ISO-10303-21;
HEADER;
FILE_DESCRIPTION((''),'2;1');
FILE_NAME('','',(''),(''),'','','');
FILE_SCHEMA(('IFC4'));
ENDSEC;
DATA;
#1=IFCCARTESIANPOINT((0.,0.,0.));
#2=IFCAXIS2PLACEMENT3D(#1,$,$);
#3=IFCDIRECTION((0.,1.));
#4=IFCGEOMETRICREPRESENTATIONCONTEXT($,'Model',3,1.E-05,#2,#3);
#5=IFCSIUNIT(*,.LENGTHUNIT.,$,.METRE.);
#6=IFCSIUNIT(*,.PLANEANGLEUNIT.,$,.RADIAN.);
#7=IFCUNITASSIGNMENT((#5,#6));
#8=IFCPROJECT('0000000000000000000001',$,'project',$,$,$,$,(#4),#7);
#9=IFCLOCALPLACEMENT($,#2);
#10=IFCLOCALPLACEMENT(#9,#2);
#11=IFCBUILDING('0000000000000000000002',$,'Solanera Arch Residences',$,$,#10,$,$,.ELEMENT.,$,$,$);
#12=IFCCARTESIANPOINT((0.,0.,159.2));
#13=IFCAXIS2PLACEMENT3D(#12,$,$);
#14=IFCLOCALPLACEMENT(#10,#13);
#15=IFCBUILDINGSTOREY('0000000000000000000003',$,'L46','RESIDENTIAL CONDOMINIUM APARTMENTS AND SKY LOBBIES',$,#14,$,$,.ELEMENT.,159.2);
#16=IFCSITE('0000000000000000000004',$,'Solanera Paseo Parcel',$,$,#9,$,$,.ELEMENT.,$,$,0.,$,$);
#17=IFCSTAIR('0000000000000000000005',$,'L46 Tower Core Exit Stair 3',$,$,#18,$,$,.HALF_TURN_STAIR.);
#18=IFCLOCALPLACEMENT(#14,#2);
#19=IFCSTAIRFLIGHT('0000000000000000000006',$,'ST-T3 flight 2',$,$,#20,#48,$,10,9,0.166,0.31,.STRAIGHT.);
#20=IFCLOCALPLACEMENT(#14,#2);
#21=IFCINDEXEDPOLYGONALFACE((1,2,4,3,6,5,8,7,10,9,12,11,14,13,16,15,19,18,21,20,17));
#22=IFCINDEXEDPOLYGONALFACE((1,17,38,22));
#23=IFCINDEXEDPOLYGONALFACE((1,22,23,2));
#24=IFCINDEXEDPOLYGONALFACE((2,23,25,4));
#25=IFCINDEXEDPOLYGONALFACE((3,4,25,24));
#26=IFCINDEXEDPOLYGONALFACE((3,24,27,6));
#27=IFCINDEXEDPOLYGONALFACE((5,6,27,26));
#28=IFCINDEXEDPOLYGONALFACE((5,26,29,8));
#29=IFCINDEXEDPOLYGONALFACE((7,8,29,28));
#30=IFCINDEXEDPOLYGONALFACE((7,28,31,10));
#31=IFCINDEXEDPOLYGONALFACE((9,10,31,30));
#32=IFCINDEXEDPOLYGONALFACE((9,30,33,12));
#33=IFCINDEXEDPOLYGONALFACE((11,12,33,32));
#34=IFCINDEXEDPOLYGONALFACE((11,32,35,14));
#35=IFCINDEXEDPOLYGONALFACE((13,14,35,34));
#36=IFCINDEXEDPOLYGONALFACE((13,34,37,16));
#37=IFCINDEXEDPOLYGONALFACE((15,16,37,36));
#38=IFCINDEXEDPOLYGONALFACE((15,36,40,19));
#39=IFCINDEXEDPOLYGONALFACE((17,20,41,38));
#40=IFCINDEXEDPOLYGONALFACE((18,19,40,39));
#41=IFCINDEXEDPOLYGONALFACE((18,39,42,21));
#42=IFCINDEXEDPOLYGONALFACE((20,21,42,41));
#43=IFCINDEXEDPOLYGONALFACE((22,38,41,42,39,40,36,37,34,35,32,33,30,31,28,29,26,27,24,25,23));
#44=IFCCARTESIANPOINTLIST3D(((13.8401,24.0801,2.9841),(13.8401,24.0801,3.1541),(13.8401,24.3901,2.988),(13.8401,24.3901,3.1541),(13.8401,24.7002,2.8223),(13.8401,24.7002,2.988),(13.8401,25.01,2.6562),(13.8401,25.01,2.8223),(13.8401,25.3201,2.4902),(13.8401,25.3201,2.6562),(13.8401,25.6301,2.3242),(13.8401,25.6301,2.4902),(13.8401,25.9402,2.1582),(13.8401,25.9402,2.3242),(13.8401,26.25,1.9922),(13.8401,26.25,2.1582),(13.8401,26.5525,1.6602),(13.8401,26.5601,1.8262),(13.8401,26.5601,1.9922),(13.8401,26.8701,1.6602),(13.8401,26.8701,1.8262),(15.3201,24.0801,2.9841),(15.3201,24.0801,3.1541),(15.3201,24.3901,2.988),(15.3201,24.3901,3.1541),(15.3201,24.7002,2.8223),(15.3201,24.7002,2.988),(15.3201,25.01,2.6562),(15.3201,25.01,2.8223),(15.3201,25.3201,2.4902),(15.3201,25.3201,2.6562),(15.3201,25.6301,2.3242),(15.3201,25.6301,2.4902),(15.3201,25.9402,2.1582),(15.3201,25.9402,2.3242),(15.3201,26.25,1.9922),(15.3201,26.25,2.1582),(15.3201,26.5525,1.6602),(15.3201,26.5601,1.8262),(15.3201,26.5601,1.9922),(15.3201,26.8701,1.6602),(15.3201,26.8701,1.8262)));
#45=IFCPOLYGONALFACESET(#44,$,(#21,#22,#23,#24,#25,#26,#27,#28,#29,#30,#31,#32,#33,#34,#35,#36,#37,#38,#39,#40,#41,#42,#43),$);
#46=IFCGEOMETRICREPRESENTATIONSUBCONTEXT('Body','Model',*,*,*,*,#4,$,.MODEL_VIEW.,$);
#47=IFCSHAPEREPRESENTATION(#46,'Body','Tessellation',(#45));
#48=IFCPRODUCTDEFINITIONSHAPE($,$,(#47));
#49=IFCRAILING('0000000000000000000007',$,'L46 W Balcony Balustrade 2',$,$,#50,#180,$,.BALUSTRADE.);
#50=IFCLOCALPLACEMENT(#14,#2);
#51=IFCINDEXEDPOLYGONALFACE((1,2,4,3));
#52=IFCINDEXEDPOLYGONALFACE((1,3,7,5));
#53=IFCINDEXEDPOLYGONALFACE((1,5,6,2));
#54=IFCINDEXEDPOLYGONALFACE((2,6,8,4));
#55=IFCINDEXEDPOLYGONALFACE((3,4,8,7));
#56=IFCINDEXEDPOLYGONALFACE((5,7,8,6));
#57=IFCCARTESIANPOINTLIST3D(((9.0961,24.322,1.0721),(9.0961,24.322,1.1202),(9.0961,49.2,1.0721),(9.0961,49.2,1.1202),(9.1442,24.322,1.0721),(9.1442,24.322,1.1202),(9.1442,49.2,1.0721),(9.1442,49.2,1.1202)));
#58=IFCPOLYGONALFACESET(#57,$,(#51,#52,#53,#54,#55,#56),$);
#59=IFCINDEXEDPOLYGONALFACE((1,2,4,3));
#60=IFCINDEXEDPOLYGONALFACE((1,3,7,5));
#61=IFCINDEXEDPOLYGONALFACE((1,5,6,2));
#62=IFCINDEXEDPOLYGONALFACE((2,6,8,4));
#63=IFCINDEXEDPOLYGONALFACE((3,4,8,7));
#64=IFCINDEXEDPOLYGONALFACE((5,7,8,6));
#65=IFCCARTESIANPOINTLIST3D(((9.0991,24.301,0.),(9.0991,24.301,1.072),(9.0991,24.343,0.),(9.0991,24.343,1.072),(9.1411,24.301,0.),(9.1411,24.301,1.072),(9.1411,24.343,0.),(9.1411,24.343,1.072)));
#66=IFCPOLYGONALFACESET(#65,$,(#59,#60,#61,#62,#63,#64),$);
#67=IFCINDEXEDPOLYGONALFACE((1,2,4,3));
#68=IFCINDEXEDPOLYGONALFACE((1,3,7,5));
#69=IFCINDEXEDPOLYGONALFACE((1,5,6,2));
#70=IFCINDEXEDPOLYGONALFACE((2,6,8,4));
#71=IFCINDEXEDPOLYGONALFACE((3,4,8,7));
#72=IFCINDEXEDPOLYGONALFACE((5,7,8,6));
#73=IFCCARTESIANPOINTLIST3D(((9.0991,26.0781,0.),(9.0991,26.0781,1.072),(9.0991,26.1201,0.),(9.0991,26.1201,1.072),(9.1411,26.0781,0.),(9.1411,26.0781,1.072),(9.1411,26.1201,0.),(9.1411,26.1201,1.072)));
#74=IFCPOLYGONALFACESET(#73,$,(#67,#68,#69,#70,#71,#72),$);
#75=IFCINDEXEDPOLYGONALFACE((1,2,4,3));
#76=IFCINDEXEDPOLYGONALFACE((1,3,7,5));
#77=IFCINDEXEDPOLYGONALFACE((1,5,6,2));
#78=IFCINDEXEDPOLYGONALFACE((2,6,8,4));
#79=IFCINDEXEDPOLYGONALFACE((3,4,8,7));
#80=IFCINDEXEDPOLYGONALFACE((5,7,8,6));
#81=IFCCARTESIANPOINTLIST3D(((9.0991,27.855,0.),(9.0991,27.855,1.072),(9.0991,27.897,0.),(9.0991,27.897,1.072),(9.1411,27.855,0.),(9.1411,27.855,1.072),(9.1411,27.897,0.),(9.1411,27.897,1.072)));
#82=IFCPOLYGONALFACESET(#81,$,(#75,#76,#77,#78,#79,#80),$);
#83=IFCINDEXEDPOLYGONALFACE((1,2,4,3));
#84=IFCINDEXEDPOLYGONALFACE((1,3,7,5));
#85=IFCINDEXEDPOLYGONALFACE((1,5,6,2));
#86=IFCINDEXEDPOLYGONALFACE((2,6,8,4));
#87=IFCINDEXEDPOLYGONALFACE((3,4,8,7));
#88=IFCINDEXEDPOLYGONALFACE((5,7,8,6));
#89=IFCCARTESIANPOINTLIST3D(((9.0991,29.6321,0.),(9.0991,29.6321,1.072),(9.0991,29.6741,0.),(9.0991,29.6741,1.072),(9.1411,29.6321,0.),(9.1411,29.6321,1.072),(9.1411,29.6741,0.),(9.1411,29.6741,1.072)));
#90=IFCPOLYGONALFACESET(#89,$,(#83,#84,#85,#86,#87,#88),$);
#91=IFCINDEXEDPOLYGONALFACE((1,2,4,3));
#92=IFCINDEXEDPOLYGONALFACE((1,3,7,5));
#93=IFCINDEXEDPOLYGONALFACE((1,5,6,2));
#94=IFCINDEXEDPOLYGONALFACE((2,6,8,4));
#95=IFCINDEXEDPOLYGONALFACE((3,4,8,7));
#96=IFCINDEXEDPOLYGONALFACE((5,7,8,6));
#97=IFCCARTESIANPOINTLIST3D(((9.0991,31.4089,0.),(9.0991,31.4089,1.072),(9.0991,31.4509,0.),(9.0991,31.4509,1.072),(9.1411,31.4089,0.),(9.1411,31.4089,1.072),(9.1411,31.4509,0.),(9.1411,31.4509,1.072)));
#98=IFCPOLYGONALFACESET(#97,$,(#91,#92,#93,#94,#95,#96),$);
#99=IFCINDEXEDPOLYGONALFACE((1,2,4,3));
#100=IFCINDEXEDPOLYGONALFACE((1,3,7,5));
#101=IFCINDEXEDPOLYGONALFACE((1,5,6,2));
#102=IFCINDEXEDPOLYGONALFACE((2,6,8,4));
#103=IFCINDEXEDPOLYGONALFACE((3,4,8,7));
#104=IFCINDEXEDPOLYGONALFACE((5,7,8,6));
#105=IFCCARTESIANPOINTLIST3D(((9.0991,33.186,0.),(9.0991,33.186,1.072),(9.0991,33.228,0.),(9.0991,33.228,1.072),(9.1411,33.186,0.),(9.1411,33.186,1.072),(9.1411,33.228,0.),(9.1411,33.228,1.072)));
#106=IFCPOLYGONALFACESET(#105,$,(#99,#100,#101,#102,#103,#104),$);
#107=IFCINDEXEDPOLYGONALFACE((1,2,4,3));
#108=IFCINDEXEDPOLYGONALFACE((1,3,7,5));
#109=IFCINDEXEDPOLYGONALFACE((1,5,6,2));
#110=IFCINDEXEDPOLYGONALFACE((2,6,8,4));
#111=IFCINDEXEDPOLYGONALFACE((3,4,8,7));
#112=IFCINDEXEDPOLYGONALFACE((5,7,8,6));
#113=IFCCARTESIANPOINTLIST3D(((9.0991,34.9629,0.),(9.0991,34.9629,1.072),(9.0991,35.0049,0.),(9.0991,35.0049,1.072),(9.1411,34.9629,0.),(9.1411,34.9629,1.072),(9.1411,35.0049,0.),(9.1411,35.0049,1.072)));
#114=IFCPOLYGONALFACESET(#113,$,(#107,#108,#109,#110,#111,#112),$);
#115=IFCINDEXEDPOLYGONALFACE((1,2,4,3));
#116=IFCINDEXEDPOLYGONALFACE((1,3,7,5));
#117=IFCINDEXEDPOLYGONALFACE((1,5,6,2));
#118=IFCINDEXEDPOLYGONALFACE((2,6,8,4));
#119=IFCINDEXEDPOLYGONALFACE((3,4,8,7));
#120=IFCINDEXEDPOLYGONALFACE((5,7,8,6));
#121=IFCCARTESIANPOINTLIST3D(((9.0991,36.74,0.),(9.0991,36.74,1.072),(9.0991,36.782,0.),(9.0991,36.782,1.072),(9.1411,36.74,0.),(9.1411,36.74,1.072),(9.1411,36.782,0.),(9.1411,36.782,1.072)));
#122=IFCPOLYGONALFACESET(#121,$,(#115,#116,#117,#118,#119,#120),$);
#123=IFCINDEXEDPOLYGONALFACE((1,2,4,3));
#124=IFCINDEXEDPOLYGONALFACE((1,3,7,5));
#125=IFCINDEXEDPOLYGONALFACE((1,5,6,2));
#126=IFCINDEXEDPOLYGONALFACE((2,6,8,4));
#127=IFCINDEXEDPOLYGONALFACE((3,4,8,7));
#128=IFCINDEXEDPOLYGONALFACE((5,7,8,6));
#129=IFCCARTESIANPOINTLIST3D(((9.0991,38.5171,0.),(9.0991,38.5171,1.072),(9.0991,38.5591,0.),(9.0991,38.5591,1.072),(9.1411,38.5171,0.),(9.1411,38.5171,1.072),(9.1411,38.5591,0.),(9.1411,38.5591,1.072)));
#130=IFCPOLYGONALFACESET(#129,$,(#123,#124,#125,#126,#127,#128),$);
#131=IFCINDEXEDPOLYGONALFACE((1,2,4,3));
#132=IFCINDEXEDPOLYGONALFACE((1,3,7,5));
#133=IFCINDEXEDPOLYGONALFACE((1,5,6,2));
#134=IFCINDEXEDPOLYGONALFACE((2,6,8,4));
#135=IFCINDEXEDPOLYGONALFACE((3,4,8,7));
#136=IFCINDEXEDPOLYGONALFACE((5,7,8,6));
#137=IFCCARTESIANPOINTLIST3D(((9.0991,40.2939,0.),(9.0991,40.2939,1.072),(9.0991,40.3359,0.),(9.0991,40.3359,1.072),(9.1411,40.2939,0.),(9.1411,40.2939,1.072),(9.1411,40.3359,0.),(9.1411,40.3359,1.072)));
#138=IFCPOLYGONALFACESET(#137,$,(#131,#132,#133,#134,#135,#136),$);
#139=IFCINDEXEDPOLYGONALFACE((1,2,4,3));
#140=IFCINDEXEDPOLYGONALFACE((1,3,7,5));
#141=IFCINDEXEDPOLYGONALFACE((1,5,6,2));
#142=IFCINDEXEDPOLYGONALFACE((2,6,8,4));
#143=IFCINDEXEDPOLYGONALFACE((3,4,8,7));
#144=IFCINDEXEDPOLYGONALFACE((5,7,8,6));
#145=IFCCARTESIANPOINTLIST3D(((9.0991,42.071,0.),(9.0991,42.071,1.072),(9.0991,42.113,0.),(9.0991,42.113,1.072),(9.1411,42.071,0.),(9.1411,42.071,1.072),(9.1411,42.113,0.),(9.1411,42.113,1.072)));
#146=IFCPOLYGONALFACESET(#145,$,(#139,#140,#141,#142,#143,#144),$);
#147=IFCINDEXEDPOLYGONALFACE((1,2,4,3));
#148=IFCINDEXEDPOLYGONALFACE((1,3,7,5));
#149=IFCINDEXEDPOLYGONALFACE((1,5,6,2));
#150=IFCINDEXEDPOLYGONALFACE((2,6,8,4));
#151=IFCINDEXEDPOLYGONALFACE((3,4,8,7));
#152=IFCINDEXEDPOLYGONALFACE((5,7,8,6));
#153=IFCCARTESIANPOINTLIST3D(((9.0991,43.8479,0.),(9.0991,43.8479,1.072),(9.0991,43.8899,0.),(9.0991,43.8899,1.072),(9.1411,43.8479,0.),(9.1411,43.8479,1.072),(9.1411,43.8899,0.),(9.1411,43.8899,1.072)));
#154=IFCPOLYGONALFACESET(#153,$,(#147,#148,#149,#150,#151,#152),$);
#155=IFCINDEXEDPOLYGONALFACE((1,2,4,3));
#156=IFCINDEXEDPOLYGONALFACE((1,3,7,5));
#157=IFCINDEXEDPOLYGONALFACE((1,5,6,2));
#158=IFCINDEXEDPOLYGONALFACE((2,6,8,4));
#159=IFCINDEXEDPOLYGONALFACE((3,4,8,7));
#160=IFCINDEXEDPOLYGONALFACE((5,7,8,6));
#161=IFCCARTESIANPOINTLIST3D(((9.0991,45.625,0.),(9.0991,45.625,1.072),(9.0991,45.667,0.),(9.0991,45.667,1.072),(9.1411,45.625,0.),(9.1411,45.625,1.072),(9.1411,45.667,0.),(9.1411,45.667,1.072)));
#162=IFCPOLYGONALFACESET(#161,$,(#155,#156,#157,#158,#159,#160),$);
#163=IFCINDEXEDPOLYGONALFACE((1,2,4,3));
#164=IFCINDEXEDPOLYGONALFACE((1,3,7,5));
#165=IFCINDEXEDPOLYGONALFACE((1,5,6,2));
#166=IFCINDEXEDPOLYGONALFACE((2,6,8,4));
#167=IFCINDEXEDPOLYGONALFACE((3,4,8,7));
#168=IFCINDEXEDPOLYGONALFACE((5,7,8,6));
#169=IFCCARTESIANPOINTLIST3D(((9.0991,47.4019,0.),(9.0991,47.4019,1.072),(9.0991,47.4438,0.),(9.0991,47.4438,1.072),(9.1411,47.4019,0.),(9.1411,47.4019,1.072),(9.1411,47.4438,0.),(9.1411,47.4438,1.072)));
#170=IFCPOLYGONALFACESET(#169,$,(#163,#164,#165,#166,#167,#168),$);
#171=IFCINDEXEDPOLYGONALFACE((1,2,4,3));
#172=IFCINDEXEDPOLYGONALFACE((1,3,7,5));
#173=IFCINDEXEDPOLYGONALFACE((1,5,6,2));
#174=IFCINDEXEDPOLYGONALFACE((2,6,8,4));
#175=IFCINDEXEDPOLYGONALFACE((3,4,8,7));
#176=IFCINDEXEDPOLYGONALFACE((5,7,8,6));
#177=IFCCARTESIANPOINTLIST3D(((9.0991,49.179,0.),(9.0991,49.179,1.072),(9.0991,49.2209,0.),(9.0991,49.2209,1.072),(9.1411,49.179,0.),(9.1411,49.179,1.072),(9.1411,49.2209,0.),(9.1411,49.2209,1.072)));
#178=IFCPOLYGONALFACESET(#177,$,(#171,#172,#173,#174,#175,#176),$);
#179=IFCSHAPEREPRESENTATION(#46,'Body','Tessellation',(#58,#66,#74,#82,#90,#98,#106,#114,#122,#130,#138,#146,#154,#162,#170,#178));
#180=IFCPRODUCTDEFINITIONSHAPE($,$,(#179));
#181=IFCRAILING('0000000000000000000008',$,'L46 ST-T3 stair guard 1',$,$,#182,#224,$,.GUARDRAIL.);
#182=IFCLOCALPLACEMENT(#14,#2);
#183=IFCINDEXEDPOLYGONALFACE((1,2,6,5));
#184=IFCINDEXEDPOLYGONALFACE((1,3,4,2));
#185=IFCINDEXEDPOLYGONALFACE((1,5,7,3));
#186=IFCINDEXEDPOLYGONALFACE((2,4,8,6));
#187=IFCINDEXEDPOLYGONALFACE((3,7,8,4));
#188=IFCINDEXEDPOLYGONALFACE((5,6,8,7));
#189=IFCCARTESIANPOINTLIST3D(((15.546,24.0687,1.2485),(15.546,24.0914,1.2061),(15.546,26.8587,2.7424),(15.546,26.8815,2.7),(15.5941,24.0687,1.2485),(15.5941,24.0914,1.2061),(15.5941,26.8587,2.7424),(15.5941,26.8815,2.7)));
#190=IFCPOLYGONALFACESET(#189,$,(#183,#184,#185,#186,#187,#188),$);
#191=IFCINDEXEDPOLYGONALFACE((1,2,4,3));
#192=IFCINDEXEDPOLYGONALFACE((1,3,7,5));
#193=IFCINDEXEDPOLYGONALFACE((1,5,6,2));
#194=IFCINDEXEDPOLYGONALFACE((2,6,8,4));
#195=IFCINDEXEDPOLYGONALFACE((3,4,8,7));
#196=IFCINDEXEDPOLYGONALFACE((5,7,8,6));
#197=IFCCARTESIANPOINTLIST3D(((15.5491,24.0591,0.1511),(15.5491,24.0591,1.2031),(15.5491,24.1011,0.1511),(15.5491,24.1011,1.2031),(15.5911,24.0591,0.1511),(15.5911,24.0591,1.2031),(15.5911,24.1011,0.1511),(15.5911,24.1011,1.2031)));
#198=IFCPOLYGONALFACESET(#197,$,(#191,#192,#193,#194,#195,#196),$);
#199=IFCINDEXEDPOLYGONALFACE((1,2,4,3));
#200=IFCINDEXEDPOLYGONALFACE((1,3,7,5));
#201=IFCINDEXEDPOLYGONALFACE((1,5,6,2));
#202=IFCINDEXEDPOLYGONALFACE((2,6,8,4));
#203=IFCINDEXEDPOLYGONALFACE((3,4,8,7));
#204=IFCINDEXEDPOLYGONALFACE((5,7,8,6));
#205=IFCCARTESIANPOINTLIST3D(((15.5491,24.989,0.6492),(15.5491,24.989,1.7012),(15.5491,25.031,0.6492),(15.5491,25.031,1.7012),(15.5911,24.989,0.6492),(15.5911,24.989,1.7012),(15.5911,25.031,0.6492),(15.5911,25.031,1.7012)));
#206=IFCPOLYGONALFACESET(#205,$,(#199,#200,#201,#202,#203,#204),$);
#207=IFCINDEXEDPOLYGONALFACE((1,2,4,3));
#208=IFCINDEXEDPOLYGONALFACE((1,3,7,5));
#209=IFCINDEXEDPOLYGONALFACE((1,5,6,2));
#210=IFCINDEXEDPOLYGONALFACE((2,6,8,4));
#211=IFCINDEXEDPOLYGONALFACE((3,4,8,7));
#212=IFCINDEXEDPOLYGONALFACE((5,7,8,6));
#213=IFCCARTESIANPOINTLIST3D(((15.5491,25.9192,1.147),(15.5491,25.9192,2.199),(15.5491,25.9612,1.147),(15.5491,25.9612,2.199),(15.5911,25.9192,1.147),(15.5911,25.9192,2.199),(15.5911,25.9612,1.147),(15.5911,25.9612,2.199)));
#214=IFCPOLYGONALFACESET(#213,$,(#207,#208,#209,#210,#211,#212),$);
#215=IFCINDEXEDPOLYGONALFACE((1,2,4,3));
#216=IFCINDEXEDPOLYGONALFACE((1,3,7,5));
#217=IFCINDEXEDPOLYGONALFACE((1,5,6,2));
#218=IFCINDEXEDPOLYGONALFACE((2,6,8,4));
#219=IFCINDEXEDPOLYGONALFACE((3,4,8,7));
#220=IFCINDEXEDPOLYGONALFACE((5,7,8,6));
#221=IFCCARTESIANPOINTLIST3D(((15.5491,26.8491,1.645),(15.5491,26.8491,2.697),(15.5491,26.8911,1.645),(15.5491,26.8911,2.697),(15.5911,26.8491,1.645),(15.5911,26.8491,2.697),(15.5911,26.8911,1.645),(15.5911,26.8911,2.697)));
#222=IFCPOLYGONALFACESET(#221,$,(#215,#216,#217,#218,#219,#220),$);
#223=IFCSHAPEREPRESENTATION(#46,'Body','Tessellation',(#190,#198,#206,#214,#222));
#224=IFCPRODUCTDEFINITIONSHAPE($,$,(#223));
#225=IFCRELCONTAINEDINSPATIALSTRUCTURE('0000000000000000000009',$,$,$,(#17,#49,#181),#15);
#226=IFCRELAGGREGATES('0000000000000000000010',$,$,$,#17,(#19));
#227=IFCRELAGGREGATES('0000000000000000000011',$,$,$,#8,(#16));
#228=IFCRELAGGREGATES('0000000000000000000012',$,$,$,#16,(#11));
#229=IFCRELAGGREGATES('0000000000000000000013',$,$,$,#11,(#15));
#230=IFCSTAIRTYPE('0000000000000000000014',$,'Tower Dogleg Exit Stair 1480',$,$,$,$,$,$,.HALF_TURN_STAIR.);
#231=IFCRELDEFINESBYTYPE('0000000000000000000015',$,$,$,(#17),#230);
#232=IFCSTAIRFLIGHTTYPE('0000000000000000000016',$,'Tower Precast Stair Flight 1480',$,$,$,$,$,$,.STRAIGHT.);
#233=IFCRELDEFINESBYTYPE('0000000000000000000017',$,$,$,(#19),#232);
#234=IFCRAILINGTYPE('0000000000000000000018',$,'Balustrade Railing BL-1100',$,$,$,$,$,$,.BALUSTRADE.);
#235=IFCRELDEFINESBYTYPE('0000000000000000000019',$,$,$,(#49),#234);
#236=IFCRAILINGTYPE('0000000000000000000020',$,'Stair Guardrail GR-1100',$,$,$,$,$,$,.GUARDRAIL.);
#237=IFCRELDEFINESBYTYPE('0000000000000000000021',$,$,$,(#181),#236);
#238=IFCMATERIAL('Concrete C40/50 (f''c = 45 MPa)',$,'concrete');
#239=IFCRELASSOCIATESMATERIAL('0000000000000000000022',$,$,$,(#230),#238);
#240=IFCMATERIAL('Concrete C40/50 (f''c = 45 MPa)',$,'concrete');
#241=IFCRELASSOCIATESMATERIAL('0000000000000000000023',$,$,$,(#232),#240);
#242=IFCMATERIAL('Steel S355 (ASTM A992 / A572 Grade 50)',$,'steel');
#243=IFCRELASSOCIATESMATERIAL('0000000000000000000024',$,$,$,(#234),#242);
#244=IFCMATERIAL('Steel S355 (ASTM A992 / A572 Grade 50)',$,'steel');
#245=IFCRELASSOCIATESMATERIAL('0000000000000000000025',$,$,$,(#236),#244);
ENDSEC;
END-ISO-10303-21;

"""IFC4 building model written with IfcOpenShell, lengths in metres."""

from ifc_helpers import new_model, si_unit, direction, frame, origin, origin_2d, place, context, subcontext, project, spatial, polyline, rectangle, outline, extrude, material, type_object, element, aggregate, save


model = new_model("IFC4")

# Units and contexts
model_context = context("Model", 3, precision=1e-05, world=origin(), true_north=direction((0.0, 1.0)))
body_context = subcontext(model_context, "Body", "Model", "MODEL_VIEW")
ifc_project = project(units=[si_unit("LENGTHUNIT", "METRE"), si_unit("PLANEANGLEUNIT", "RADIAN")], contexts=[model_context])

# Site, building, storey
site_placement = place(None, origin())
site = spatial("IfcSite", under=ifc_project, at=site_placement, Name="Solanera Paseo Parcel", CompositionType="ELEMENT", RefElevation=0.0)
building_placement = place(site_placement, origin())
building = spatial("IfcBuilding", under=site, at=building_placement, Name="Solanera Arch Residences", CompositionType="ELEMENT")
storey_placement = place(building_placement, frame((0.0, 0.0, 159.2)))
storey = spatial("IfcBuildingStorey", under=building, at=storey_placement, Name="L46", Description="RESIDENTIAL CONDOMINIUM APARTMENTS AND SKY LOBBIES", CompositionType="ELEMENT", Elevation=159.2)

# Stair, stair flight
ifc_material_1 = material(Name="Concrete C40/50 (f'c = 45 MPa)", Category="concrete")
stair_type = type_object("IfcStairType", Name="Tower Dogleg Exit Stair 1480", PredefinedType="HALF_TURN_STAIR", material=ifc_material_1)
stair_placement = place(storey_placement, origin())
stair = element("IfcStair", 1, at=stair_placement, inside=storey, type_object=stair_type, Name="L46 Tower Core Exit Stair 3", PredefinedType="HALF_TURN_STAIR")
ifc_material_2 = material(Name="Concrete C40/50 (f'c = 45 MPa)", Category="concrete")
stair_flight_type = type_object("IfcStairFlightType", Name="Tower Precast Stair Flight 1480", PredefinedType="STRAIGHT", material=ifc_material_2)
stair_flight_1_placement = place(storey_placement, frame((14.5801, 26.8701, 1.6602), z_axis=(0.0, 0.0, 1.0), x_axis=(0.0, -1.0, 0.0)))
stair_flight_1 = element("IfcStairFlight", 2, at=stair_flight_1_placement, type_object=stair_flight_type, Name="ST-T3 flight 2", NumberOfRisers=10, NumberOfTreads=9, PredefinedType="STRAIGHT", RiserHeight=0.166, TreadLength=0.31, context=body_context, shape_type="SweptSolid", body=[
    extrude(outline(polyline([(0.0, 0.0), (0.0, 0.166), (0.3101, 0.166), (0.3101, 0.332), (0.6201, 0.332), (0.6201, 0.498), (0.9299, 0.498), (0.9299, 0.6641), (1.24, 0.6641), (1.24, 0.8301), (1.55, 0.8301), (1.55, 0.9961), (1.8601, 0.9961), (1.8601, 1.1621), (2.1699, 1.1621), (2.1699, 1.3279), (2.48, 1.3279), (2.48, 1.4939), (2.79, 1.4939), (2.79, 1.6599), (2.79, 1.324), (0.3176, 0.0), (0.0, 0.0)])), frame((0.0, 0.74, 0.0), z_axis=(0.0, -1.0, 0.0), x_axis=(1.0, 0.0, 0.0)), (0.0, 0.0, 1.0), 1.48),
])
aggregate(stair, [stair_flight_1])

# Railings
ifc_material_3 = material(Name="Steel S355 (ASTM A992 / A572 Grade 50)", Category="steel")
railing_type_1 = type_object("IfcRailingType", Name="Balustrade Railing BL-1100", PredefinedType="BALUSTRADE", material=ifc_material_3)
railing_1_placement = place(storey_placement, frame((9.1201, 24.322, 0.0)))
element("IfcRailing", 3, at=railing_1_placement, inside=storey, type_object=railing_type_1, Name="L46 W Balcony Balustrade 2", PredefinedType="BALUSTRADE", context=body_context, shape_type="SweptSolid", body=[
    extrude(rectangle(XDim=0.0481, YDim=0.0481, at=origin_2d()), frame((0.0, 0.0, 1.0962), z_axis=(0.0, 1.0, 0.0), x_axis=(-1.0, 0.0, 0.0)), (0.0, 0.0, 1.0), 24.8779),
    extrude(rectangle(XDim=0.042, YDim=0.042, at=origin_2d()), origin(), (0.0, 0.0, 1.0), 1.072),
    extrude(rectangle(XDim=0.042, YDim=0.042, at=origin_2d()), frame((0.0, 1.7771, 0.0)), (0.0, 0.0, 1.0), 1.072),
    extrude(rectangle(XDim=0.042, YDim=0.042, at=origin_2d()), frame((0.0, 3.554, 0.0)), (0.0, 0.0, 1.0), 1.072),
    extrude(rectangle(XDim=0.042, YDim=0.042, at=origin_2d()), frame((0.0, 5.3311, 0.0)), (0.0, 0.0, 1.0), 1.072),
    extrude(rectangle(XDim=0.042, YDim=0.042, at=origin_2d()), frame((0.0, 7.1079, 0.0)), (0.0, 0.0, 1.0), 1.072),
    extrude(rectangle(XDim=0.042, YDim=0.042, at=origin_2d()), frame((0.0, 8.885, 0.0)), (0.0, 0.0, 1.0), 1.072),
    extrude(rectangle(XDim=0.042, YDim=0.042, at=origin_2d()), frame((0.0, 10.6619, 0.0)), (0.0, 0.0, 1.0), 1.072),
    extrude(rectangle(XDim=0.042, YDim=0.042, at=origin_2d()), frame((0.0, 12.439, 0.0)), (0.0, 0.0, 1.0), 1.072),
    extrude(rectangle(XDim=0.042, YDim=0.042, at=origin_2d()), frame((0.0, 14.2161, 0.0)), (0.0, 0.0, 1.0), 1.072),
    extrude(rectangle(XDim=0.042, YDim=0.042, at=origin_2d()), frame((0.0, 15.9929, 0.0)), (0.0, 0.0, 1.0), 1.072),
    extrude(rectangle(XDim=0.042, YDim=0.042, at=origin_2d()), frame((0.0, 17.77, 0.0)), (0.0, 0.0, 1.0), 1.072),
    extrude(rectangle(XDim=0.042, YDim=0.042, at=origin_2d()), frame((0.0, 19.5469, 0.0)), (0.0, 0.0, 1.0), 1.072),
    extrude(rectangle(XDim=0.042, YDim=0.042, at=origin_2d()), frame((0.0, 21.324, 0.0)), (0.0, 0.0, 1.0), 1.072),
    extrude(rectangle(XDim=0.042, YDim=0.042, at=origin_2d()), frame((0.0, 23.1008, 0.0)), (0.0, 0.0, 1.0), 1.072),
    extrude(rectangle(XDim=0.042, YDim=0.042, at=origin_2d()), frame((0.0, 24.8779, 0.0)), (0.0, 0.0, 1.0), 1.072),
])
ifc_material_4 = material(Name="Steel S355 (ASTM A992 / A572 Grade 50)", Category="steel")
railing_type_2 = type_object("IfcRailingType", Name="Stair Guardrail GR-1100", PredefinedType="GUARDRAIL", material=ifc_material_4)
railing_2_placement = place(storey_placement, frame((15.5701, 24.0801, 0.1511)))
element("IfcRailing", 4, at=railing_2_placement, inside=storey, type_object=railing_type_2, Name="L46 ST-T3 stair guard 1", PredefinedType="GUARDRAIL", context=body_context, shape_type="SweptSolid", body=[
    extrude(rectangle(XDim=0.0481, YDim=0.0481, at=origin_2d()), frame((0.0, 0.0, 1.0762), z_axis=(0.0, 0.881581, 0.472033), x_axis=(-1.0, 0.0, 0.0)), (0.0, 0.0, 1.0), 3.1648),
    extrude(rectangle(XDim=0.042, YDim=0.042, at=origin_2d()), origin(), (0.0, 0.0, 1.0), 1.052),
    extrude(rectangle(XDim=0.042, YDim=0.042, at=origin_2d()), frame((0.0, 0.9299, 0.498)), (0.0, 0.0, 1.0), 1.052),
    extrude(rectangle(XDim=0.042, YDim=0.042, at=origin_2d()), frame((0.0, 1.8601, 0.9958)), (0.0, 0.0, 1.0), 1.052),
    extrude(rectangle(XDim=0.042, YDim=0.042, at=origin_2d()), frame((0.0, 2.79, 1.4939)), (0.0, 0.0, 1.0), 1.052),
])

save(model, "model.ifc")
